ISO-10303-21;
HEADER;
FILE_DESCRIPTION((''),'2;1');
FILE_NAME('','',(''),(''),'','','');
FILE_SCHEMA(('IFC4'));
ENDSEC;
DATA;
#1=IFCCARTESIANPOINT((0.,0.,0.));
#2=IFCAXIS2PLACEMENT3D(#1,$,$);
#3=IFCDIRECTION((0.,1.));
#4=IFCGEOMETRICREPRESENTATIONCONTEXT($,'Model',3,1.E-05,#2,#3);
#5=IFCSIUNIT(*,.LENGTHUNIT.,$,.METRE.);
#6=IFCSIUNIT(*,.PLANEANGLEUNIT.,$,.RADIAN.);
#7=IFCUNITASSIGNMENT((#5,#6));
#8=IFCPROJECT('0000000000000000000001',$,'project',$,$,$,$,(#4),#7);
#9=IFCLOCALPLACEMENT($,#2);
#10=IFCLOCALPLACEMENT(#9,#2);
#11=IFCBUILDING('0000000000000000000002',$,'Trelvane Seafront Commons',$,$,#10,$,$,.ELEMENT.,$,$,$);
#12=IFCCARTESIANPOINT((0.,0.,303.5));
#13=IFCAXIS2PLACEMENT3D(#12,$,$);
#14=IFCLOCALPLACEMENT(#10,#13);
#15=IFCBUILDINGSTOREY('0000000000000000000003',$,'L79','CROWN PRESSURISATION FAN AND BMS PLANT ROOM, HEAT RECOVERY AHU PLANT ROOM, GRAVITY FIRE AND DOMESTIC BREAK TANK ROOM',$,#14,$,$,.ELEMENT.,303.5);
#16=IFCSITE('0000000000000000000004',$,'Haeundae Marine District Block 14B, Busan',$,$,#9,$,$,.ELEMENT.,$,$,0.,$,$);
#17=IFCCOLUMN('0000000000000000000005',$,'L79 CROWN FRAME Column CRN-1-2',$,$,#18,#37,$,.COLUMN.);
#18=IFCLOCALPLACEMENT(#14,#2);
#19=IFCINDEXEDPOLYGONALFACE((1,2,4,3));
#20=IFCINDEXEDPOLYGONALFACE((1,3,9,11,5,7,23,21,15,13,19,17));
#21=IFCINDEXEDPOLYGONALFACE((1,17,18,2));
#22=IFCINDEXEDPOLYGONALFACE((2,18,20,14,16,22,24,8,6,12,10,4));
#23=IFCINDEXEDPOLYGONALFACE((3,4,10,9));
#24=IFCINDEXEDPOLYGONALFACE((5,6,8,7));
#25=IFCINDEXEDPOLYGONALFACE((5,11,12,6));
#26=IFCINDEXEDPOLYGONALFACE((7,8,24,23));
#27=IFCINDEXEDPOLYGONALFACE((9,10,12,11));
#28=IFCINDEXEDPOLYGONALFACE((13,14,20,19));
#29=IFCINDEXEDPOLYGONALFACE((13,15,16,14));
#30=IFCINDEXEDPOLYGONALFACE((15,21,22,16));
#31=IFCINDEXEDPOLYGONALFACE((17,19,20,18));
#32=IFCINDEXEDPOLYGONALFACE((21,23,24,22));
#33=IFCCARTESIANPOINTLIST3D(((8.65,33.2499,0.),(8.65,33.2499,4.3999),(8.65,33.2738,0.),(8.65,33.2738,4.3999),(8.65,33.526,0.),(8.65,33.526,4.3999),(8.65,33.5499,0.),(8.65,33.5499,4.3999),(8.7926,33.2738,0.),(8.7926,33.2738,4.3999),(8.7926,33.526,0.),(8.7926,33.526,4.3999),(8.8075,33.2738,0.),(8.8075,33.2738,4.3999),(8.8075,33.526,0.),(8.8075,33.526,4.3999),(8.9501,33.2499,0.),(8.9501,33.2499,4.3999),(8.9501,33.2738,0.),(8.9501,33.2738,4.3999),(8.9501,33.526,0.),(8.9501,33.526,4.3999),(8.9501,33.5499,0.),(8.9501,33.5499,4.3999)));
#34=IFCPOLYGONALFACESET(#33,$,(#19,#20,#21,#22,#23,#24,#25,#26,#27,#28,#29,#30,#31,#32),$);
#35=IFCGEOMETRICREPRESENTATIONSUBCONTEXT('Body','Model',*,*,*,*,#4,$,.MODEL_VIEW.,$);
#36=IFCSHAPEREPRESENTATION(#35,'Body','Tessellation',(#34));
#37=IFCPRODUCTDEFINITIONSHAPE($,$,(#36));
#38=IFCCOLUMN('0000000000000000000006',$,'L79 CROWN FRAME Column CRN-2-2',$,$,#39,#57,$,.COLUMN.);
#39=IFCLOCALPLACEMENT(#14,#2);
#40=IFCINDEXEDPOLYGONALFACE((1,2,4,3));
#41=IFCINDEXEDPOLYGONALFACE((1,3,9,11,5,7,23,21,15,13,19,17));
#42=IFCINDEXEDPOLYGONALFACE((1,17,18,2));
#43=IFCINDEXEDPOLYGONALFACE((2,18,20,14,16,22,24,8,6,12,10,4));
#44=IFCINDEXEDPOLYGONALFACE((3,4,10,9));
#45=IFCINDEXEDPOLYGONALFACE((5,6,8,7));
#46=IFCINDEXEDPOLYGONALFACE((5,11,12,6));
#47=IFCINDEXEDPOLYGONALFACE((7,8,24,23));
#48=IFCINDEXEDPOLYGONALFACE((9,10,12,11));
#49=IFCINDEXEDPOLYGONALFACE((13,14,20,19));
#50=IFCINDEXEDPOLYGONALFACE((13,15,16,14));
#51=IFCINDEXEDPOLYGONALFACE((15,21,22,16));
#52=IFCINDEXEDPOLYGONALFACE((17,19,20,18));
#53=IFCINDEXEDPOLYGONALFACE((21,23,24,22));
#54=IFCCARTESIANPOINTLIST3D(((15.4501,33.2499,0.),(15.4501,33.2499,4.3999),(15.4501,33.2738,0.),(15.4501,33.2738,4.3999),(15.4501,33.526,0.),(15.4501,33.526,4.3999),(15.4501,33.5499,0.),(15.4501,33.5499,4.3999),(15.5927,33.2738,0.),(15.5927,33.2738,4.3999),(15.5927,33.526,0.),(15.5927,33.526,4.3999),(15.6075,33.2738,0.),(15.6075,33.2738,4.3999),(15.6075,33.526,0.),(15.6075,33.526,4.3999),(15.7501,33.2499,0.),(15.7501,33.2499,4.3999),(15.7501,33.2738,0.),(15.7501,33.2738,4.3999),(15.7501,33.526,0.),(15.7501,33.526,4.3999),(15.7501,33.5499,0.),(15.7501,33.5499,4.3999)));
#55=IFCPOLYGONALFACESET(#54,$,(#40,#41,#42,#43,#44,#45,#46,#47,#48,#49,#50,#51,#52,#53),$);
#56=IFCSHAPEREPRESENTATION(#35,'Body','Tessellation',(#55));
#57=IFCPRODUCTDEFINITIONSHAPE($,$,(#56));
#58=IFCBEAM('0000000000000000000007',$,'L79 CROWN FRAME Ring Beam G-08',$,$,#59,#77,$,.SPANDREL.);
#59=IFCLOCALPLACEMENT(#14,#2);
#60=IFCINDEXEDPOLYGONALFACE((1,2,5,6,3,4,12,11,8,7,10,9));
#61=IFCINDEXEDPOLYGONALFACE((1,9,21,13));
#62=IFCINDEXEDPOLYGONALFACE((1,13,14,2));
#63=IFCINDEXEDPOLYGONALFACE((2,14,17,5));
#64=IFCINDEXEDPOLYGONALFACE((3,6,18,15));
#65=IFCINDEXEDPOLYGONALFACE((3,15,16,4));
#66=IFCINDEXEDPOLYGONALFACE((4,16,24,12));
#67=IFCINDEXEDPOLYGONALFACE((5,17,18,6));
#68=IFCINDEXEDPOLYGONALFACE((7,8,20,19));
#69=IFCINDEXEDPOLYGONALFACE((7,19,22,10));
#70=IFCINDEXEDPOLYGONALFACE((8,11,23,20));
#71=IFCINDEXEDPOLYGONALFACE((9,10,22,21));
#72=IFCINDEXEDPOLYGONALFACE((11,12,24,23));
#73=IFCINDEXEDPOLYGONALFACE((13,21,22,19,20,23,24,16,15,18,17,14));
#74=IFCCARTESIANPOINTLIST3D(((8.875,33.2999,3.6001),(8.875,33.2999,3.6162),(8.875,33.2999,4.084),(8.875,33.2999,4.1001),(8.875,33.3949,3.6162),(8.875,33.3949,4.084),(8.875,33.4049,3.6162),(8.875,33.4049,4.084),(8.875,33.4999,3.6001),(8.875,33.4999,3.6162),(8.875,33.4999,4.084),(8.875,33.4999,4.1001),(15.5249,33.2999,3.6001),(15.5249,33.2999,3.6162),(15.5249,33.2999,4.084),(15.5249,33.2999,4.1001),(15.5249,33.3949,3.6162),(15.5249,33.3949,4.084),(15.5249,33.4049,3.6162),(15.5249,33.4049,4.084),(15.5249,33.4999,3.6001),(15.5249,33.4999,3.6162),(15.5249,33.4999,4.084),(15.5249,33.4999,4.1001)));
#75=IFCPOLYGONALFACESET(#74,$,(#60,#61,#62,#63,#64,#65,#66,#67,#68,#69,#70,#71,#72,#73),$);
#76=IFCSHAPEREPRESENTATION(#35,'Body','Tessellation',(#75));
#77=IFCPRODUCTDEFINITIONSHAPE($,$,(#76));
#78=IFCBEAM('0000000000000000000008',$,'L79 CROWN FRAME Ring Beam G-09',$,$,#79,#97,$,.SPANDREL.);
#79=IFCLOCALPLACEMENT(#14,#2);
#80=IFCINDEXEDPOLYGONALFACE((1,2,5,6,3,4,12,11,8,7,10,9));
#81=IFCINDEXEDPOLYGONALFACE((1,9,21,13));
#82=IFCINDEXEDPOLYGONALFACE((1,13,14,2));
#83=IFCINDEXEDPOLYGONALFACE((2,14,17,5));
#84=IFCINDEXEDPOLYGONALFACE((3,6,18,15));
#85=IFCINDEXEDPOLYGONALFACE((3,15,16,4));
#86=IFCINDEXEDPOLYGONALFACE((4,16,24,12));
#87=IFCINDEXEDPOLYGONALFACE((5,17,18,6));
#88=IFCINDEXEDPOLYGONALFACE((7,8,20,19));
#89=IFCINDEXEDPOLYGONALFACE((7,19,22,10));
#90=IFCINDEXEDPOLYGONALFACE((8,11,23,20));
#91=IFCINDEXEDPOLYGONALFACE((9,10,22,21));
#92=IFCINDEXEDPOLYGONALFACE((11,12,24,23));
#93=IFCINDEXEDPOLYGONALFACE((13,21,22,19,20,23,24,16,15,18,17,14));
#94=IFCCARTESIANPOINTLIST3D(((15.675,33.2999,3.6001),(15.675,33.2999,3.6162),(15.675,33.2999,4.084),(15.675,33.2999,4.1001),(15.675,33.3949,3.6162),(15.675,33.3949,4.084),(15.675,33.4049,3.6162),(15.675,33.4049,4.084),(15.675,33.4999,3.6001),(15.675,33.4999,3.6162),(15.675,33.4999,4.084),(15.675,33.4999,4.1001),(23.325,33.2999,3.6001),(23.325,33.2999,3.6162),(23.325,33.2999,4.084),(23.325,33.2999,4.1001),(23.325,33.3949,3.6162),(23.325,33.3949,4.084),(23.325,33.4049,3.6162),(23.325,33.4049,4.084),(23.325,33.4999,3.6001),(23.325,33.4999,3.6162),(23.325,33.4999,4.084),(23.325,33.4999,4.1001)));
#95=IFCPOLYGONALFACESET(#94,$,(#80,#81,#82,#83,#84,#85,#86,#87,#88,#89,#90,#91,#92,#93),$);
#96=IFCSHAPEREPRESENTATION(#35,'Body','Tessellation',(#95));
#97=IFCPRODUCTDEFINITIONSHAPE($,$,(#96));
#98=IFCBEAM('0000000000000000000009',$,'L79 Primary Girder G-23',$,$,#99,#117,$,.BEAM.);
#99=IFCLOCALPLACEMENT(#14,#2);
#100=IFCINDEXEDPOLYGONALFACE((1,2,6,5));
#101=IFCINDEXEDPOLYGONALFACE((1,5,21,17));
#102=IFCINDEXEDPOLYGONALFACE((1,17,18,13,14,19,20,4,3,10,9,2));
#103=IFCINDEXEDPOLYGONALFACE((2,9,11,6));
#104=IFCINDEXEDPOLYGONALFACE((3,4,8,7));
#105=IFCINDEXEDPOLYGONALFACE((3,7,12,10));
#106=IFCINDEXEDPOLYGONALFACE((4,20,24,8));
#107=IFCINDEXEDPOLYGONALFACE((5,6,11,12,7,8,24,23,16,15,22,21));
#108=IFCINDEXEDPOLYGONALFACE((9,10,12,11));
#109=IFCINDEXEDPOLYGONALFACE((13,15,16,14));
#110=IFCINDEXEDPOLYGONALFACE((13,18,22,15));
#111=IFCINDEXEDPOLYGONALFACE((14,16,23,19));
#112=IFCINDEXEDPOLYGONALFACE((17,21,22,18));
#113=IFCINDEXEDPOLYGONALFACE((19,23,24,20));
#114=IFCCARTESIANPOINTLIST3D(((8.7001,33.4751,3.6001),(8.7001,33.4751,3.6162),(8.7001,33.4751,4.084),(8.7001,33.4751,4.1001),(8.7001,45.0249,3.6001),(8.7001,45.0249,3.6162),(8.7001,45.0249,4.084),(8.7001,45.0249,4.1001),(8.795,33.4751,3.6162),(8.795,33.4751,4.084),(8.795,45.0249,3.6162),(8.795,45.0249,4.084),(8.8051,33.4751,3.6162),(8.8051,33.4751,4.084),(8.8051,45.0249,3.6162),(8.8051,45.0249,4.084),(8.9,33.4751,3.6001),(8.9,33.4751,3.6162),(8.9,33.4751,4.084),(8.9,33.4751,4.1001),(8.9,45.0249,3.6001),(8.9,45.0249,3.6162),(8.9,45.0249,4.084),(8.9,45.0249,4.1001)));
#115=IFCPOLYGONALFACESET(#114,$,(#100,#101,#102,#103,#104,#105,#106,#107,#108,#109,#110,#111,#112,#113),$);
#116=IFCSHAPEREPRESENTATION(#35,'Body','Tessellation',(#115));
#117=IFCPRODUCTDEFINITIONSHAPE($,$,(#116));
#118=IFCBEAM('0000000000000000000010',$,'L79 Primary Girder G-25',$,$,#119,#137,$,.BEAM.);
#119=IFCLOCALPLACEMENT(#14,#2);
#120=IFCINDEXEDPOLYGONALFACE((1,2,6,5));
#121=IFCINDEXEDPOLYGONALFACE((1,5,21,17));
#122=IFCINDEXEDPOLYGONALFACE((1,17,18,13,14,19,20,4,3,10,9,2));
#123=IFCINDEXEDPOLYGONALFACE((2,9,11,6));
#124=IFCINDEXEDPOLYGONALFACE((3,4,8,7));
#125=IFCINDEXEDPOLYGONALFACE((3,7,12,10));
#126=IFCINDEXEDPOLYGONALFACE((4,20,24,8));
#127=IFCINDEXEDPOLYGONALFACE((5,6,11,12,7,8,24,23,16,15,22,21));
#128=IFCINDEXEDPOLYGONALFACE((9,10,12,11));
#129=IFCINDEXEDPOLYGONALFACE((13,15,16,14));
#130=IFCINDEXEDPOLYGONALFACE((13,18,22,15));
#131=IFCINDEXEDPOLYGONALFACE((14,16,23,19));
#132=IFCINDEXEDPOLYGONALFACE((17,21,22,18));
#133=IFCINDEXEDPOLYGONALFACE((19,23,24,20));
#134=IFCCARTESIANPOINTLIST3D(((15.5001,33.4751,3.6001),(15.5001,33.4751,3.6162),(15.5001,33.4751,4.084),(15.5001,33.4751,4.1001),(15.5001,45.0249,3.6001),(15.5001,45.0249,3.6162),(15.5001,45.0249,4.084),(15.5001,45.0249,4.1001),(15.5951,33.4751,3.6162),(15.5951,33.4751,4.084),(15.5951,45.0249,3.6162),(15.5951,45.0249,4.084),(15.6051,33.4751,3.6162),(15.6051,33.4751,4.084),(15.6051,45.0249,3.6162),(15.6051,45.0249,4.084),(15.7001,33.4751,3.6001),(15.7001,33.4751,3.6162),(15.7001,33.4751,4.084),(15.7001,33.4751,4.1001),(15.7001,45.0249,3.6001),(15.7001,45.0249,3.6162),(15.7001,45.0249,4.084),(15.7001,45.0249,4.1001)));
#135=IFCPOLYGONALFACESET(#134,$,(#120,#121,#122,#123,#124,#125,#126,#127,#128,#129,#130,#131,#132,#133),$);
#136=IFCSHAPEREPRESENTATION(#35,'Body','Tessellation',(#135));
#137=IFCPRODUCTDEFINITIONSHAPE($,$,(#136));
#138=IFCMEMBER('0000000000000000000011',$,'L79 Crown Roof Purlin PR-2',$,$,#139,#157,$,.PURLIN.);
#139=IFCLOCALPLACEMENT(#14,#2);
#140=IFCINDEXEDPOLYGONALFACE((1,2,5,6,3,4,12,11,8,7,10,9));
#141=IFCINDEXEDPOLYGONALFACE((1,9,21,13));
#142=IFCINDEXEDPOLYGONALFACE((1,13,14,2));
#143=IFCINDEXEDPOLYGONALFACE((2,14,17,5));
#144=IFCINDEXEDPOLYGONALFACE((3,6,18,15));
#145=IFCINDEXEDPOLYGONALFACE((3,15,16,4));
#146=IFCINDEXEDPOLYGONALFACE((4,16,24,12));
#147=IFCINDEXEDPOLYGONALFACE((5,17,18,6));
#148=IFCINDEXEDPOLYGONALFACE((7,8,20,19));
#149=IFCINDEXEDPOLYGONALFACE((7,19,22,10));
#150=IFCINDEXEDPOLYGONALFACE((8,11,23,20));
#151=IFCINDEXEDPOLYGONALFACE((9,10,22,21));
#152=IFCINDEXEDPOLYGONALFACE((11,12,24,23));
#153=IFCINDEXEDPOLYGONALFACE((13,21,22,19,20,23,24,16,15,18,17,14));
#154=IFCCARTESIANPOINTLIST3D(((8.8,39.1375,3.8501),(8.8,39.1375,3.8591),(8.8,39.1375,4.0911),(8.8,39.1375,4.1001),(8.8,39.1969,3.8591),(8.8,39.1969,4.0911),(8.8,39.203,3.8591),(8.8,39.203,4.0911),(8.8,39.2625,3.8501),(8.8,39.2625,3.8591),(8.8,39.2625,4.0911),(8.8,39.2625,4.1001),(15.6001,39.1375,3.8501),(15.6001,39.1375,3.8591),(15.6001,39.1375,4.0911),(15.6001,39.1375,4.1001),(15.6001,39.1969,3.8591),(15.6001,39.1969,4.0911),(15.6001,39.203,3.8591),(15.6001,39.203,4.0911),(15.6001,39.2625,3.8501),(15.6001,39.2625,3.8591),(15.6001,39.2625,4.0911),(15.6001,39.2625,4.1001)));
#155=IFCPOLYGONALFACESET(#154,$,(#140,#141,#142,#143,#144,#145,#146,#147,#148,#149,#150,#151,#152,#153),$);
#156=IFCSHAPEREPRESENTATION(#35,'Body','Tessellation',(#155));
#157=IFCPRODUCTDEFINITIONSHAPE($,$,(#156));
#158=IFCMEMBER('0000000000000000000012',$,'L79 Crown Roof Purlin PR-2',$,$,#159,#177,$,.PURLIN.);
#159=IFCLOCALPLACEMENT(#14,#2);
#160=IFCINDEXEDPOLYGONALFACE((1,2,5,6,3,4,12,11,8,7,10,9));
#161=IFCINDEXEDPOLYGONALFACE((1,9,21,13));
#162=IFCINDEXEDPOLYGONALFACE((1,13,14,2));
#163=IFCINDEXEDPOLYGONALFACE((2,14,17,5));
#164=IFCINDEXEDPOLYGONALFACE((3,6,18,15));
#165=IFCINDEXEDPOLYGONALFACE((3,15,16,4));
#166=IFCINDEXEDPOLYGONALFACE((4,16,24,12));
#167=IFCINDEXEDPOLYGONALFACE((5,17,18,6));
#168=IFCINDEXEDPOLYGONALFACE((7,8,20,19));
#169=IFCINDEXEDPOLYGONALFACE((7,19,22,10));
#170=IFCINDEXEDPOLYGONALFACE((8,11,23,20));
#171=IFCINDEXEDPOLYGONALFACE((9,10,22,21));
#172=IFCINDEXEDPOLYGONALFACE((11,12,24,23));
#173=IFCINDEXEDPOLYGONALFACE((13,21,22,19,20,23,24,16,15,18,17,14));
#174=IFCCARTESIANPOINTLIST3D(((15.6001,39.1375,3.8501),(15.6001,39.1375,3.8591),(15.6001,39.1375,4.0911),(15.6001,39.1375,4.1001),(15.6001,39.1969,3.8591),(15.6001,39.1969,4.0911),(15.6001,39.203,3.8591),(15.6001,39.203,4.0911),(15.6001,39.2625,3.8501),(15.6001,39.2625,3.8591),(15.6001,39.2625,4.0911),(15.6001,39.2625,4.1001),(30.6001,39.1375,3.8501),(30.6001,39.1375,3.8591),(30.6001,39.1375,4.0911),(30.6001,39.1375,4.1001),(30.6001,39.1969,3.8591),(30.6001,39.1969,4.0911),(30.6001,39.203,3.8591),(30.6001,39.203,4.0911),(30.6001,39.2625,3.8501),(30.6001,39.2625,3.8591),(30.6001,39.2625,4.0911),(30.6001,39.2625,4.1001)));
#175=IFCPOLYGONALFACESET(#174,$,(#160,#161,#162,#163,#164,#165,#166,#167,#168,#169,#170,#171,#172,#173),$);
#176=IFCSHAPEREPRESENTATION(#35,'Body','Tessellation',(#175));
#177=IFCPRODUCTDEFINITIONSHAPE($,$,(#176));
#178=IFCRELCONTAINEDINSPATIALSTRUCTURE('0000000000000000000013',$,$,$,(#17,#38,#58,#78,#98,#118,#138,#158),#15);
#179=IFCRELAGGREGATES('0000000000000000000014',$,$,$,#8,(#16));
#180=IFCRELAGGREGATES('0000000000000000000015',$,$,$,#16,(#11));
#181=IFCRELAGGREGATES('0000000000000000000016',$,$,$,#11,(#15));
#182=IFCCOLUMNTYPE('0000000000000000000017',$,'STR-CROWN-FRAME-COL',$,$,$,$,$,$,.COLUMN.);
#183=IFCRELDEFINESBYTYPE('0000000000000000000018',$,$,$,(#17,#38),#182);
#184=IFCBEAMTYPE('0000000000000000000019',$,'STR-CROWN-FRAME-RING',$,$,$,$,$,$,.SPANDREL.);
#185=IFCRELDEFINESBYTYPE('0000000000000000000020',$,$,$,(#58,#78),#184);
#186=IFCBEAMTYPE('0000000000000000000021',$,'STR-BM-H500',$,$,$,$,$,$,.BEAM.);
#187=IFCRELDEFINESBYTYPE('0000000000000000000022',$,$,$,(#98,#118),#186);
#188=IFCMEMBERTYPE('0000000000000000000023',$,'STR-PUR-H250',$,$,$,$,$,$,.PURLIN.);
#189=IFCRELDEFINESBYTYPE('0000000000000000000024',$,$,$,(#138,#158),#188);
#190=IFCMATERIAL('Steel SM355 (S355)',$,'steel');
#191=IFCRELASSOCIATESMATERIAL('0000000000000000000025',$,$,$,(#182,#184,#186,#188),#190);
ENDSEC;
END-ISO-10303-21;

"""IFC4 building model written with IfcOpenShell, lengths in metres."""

from ifc_helpers import new_model, si_unit, direction, frame, origin, origin_2d, place, context, subcontext, project, spatial, i_section, extrude, source, transform, mapped, material, material_profile, profile_set, type_object, element, save


model = new_model("IFC4")

# Units and contexts
model_context = context("Model", 3, precision=1e-05, world=origin(), true_north=direction((0.0, 1.0)))
body_context = subcontext(model_context, "Body", "Model", "MODEL_VIEW")
ifc_project = project(units=[si_unit("LENGTHUNIT", "METRE"), si_unit("PLANEANGLEUNIT", "RADIAN")], contexts=[model_context])

# Site, building, storey
site_placement = place(None, origin())
site = spatial("IfcSite", under=ifc_project, at=site_placement, Name="Haeundae Marine District Block 14B, Busan", CompositionType="ELEMENT", RefElevation=0.0)
building_placement = place(site_placement, origin())
building = spatial("IfcBuilding", under=site, at=building_placement, Name="Trelvane Seafront Commons", CompositionType="ELEMENT")
storey_placement = place(building_placement, frame((0.0, 0.0, 303.5)))
storey = spatial("IfcBuildingStorey", under=building, at=storey_placement, Name="L79", Description="CROWN PRESSURISATION FAN AND BMS PLANT ROOM, HEAT RECOVERY AHU PLANT ROOM, GRAVITY FIRE AND DOMESTIC BREAK TANK ROOM", CompositionType="ELEMENT", Elevation=303.5)

# Columns
ifc_material_1 = material(Name="Steel SM355 (S355)", Category="steel")
ifc_material_profile_1 = material_profile(ifc_material_1, i_section(OverallWidth=0.3, OverallDepth=0.3, WebThickness=0.0149, FlangeThickness=0.0239, at=origin_2d()), Name="HD-300x300x15x24")
ifc_profile_set_1 = profile_set([ifc_material_profile_1], Name="Steel SM355 (S355)")
column_type = type_object("IfcColumnType", Name="STR-CROWN-FRAME-COL", PredefinedType="COLUMN", material=ifc_profile_set_1)
shared_shape_1 = source(origin(), body_context, "Body", "SweptSolid", [
    extrude(i_section(OverallWidth=0.3, OverallDepth=0.3, WebThickness=0.0149, FlangeThickness=0.0239, at=origin_2d()), origin(), (0.0, 0.0, 1.0), 4.3999),
])
for number, where, z_axis, x_axis, name in (
    (1, (8.8, 33.3999, 0.0), (0.0, 0.0, 1.0), (1.0, 0.0, 0.0), "L79 CROWN FRAME Column CRN-1-2"),
    (2, (15.6001, 33.3999, 0.0), (0.0, 0.0, 1.0), (1.0, 0.0, 0.0), "L79 CROWN FRAME Column CRN-2-2"),
):
    element("IfcColumn", number, at=place(storey_placement, frame(where, z_axis=z_axis, x_axis=x_axis)), inside=storey, type_object=column_type, Name=name, PredefinedType="COLUMN", context=body_context, shape_type="MappedRepresentation", body=[
        mapped(shared_shape_1, transform((0.0, 0.0, 0.0), x_axis=(1.0, 0.0, 0.0), y_axis=(0.0, 1.0, 0.0), z_axis=(0.0, 0.0, 1.0), scale=1.0)),
    ])

# Beams
ifc_material_profile_2 = material_profile(ifc_material_1, i_section(OverallWidth=0.2, OverallDepth=0.5, WebThickness=0.01, FlangeThickness=0.0161, at=origin_2d()), Name="H-500x200x10x16")
ifc_profile_set_2 = profile_set([ifc_material_profile_2], Name="Steel SM355 (S355)")
beam_type_1 = type_object("IfcBeamType", Name="STR-CROWN-FRAME-RING", PredefinedType="SPANDREL", material=ifc_profile_set_2)
shared_shape_2 = source(origin(), body_context, "Body", "SweptSolid", [
    extrude(i_section(OverallWidth=0.2, OverallDepth=0.5, WebThickness=0.01, FlangeThickness=0.0161, at=origin_2d()), origin(), (0.0, 0.0, 1.0), 6.6499),
])
beam_1_placement = place(storey_placement, frame((8.875, 33.3999, 3.8501), z_axis=(1.0, 0.0, 0.0), x_axis=(0.0, 1.0, 0.0)))
element("IfcBeam", 3, at=beam_1_placement, inside=storey, type_object=beam_type_1, Name="L79 CROWN FRAME Ring Beam G-08", PredefinedType="SPANDREL", context=body_context, shape_type="MappedRepresentation", body=[
    mapped(shared_shape_2, transform((0.0, 0.0, 0.0), x_axis=(1.0, 0.0, 0.0), y_axis=(0.0, 1.0, 0.0), z_axis=(0.0, 0.0, 1.0), scale=1.0)),
])
shared_shape_3 = source(origin(), body_context, "Body", "SweptSolid", [
    extrude(i_section(OverallWidth=0.2, OverallDepth=0.5, WebThickness=0.01, FlangeThickness=0.0161, at=origin_2d()), origin(), (0.0, 0.0, 1.0), 7.6499),
])
beam_2_placement = place(storey_placement, frame((15.675, 33.3999, 3.8501), z_axis=(1.0, 0.0, 0.0), x_axis=(0.0, 1.0, 0.0)))
element("IfcBeam", 4, at=beam_2_placement, inside=storey, type_object=beam_type_1, Name="L79 CROWN FRAME Ring Beam G-09", PredefinedType="SPANDREL", context=body_context, shape_type="MappedRepresentation", body=[
    mapped(shared_shape_3, transform((0.0, 0.0, 0.0), x_axis=(1.0, 0.0, 0.0), y_axis=(0.0, 1.0, 0.0), z_axis=(0.0, 0.0, 1.0), scale=1.0)),
])
ifc_material_profile_3 = material_profile(ifc_material_1, i_section(OverallWidth=0.2, OverallDepth=0.5, WebThickness=0.01, FlangeThickness=0.0161, at=origin_2d()), Name="H-500x200x10x16")
ifc_profile_set_3 = profile_set([ifc_material_profile_3], Name="Steel SM355 (S355)")
beam_type_2 = type_object("IfcBeamType", Name="STR-BM-H500", PredefinedType="BEAM", material=ifc_profile_set_3)
shared_shape_4 = source(origin(), body_context, "Body", "SweptSolid", [
    extrude(i_section(OverallWidth=0.2, OverallDepth=0.5, WebThickness=0.01, FlangeThickness=0.0161, at=origin_2d()), origin(), (0.0, 0.0, 1.0), 11.5498),
])
for number, where, z_axis, x_axis, name in (
    (5, (8.8, 33.4751, 3.8501), (0.0, 1.0, 0.0), (-1.0, 0.0, 0.0), "L79 Primary Girder G-23"),
    (6, (15.6001, 33.4751, 3.8501), (0.0, 1.0, 0.0), (-1.0, 0.0, 0.0), "L79 Primary Girder G-25"),
):
    element("IfcBeam", number, at=place(storey_placement, frame(where, z_axis=z_axis, x_axis=x_axis)), inside=storey, type_object=beam_type_2, Name=name, PredefinedType="BEAM", context=body_context, shape_type="MappedRepresentation", body=[
        mapped(shared_shape_4, transform((0.0, 0.0, 0.0), x_axis=(1.0, 0.0, 0.0), y_axis=(0.0, 1.0, 0.0), z_axis=(0.0, 0.0, 1.0), scale=1.0)),
    ])

# Members
ifc_material_profile_4 = material_profile(ifc_material_1, i_section(OverallWidth=0.125, OverallDepth=0.25, WebThickness=0.0061, FlangeThickness=0.009, at=origin_2d()), Name="H-250x125x6x9")
ifc_profile_set_4 = profile_set([ifc_material_profile_4], Name="Steel SM355 (S355)")
member_type_1 = type_object("IfcMemberType", Name="STR-PUR-H250", PredefinedType="PURLIN", material=ifc_profile_set_4)
shared_shape_5 = source(origin(), body_context, "Body", "SweptSolid", [
    extrude(i_section(OverallWidth=0.125, OverallDepth=0.25, WebThickness=0.0061, FlangeThickness=0.009, at=origin_2d()), origin(), (0.0, 0.0, 1.0), 6.8),
])
member_1_placement = place(storey_placement, frame((8.8, 39.2, 3.9751), z_axis=(1.0, 0.0, 0.0), x_axis=(0.0, 1.0, 0.0)))
element("IfcMember", 7, at=member_1_placement, inside=storey, type_object=member_type_1, Name="L79 Crown Roof Purlin PR-2", PredefinedType="PURLIN", context=body_context, shape_type="MappedRepresentation", body=[
    mapped(shared_shape_5, transform((0.0, 0.0, 0.0), x_axis=(1.0, 0.0, 0.0), y_axis=(0.0, 1.0, 0.0), z_axis=(0.0, 0.0, 1.0), scale=1.0)),
])
shared_shape_6 = source(origin(), body_context, "Body", "SweptSolid", [
    extrude(i_section(OverallWidth=0.125, OverallDepth=0.25, WebThickness=0.0061, FlangeThickness=0.009, at=origin_2d()), origin(), (0.0, 0.0, 1.0), 15.0),
])
member_2_placement = place(storey_placement, frame((15.6001, 39.2, 3.9751), z_axis=(1.0, 0.0, 0.0), x_axis=(0.0, 1.0, 0.0)))
element("IfcMember", 8, at=member_2_placement, inside=storey, type_object=member_type_1, Name="L79 Crown Roof Purlin PR-2", PredefinedType="PURLIN", context=body_context, shape_type="MappedRepresentation", body=[
    mapped(shared_shape_6, transform((0.0, 0.0, 0.0), x_axis=(1.0, 0.0, 0.0), y_axis=(0.0, 1.0, 0.0), z_axis=(0.0, 0.0, 1.0), scale=1.0)),
])

save(model, "model.ifc")
